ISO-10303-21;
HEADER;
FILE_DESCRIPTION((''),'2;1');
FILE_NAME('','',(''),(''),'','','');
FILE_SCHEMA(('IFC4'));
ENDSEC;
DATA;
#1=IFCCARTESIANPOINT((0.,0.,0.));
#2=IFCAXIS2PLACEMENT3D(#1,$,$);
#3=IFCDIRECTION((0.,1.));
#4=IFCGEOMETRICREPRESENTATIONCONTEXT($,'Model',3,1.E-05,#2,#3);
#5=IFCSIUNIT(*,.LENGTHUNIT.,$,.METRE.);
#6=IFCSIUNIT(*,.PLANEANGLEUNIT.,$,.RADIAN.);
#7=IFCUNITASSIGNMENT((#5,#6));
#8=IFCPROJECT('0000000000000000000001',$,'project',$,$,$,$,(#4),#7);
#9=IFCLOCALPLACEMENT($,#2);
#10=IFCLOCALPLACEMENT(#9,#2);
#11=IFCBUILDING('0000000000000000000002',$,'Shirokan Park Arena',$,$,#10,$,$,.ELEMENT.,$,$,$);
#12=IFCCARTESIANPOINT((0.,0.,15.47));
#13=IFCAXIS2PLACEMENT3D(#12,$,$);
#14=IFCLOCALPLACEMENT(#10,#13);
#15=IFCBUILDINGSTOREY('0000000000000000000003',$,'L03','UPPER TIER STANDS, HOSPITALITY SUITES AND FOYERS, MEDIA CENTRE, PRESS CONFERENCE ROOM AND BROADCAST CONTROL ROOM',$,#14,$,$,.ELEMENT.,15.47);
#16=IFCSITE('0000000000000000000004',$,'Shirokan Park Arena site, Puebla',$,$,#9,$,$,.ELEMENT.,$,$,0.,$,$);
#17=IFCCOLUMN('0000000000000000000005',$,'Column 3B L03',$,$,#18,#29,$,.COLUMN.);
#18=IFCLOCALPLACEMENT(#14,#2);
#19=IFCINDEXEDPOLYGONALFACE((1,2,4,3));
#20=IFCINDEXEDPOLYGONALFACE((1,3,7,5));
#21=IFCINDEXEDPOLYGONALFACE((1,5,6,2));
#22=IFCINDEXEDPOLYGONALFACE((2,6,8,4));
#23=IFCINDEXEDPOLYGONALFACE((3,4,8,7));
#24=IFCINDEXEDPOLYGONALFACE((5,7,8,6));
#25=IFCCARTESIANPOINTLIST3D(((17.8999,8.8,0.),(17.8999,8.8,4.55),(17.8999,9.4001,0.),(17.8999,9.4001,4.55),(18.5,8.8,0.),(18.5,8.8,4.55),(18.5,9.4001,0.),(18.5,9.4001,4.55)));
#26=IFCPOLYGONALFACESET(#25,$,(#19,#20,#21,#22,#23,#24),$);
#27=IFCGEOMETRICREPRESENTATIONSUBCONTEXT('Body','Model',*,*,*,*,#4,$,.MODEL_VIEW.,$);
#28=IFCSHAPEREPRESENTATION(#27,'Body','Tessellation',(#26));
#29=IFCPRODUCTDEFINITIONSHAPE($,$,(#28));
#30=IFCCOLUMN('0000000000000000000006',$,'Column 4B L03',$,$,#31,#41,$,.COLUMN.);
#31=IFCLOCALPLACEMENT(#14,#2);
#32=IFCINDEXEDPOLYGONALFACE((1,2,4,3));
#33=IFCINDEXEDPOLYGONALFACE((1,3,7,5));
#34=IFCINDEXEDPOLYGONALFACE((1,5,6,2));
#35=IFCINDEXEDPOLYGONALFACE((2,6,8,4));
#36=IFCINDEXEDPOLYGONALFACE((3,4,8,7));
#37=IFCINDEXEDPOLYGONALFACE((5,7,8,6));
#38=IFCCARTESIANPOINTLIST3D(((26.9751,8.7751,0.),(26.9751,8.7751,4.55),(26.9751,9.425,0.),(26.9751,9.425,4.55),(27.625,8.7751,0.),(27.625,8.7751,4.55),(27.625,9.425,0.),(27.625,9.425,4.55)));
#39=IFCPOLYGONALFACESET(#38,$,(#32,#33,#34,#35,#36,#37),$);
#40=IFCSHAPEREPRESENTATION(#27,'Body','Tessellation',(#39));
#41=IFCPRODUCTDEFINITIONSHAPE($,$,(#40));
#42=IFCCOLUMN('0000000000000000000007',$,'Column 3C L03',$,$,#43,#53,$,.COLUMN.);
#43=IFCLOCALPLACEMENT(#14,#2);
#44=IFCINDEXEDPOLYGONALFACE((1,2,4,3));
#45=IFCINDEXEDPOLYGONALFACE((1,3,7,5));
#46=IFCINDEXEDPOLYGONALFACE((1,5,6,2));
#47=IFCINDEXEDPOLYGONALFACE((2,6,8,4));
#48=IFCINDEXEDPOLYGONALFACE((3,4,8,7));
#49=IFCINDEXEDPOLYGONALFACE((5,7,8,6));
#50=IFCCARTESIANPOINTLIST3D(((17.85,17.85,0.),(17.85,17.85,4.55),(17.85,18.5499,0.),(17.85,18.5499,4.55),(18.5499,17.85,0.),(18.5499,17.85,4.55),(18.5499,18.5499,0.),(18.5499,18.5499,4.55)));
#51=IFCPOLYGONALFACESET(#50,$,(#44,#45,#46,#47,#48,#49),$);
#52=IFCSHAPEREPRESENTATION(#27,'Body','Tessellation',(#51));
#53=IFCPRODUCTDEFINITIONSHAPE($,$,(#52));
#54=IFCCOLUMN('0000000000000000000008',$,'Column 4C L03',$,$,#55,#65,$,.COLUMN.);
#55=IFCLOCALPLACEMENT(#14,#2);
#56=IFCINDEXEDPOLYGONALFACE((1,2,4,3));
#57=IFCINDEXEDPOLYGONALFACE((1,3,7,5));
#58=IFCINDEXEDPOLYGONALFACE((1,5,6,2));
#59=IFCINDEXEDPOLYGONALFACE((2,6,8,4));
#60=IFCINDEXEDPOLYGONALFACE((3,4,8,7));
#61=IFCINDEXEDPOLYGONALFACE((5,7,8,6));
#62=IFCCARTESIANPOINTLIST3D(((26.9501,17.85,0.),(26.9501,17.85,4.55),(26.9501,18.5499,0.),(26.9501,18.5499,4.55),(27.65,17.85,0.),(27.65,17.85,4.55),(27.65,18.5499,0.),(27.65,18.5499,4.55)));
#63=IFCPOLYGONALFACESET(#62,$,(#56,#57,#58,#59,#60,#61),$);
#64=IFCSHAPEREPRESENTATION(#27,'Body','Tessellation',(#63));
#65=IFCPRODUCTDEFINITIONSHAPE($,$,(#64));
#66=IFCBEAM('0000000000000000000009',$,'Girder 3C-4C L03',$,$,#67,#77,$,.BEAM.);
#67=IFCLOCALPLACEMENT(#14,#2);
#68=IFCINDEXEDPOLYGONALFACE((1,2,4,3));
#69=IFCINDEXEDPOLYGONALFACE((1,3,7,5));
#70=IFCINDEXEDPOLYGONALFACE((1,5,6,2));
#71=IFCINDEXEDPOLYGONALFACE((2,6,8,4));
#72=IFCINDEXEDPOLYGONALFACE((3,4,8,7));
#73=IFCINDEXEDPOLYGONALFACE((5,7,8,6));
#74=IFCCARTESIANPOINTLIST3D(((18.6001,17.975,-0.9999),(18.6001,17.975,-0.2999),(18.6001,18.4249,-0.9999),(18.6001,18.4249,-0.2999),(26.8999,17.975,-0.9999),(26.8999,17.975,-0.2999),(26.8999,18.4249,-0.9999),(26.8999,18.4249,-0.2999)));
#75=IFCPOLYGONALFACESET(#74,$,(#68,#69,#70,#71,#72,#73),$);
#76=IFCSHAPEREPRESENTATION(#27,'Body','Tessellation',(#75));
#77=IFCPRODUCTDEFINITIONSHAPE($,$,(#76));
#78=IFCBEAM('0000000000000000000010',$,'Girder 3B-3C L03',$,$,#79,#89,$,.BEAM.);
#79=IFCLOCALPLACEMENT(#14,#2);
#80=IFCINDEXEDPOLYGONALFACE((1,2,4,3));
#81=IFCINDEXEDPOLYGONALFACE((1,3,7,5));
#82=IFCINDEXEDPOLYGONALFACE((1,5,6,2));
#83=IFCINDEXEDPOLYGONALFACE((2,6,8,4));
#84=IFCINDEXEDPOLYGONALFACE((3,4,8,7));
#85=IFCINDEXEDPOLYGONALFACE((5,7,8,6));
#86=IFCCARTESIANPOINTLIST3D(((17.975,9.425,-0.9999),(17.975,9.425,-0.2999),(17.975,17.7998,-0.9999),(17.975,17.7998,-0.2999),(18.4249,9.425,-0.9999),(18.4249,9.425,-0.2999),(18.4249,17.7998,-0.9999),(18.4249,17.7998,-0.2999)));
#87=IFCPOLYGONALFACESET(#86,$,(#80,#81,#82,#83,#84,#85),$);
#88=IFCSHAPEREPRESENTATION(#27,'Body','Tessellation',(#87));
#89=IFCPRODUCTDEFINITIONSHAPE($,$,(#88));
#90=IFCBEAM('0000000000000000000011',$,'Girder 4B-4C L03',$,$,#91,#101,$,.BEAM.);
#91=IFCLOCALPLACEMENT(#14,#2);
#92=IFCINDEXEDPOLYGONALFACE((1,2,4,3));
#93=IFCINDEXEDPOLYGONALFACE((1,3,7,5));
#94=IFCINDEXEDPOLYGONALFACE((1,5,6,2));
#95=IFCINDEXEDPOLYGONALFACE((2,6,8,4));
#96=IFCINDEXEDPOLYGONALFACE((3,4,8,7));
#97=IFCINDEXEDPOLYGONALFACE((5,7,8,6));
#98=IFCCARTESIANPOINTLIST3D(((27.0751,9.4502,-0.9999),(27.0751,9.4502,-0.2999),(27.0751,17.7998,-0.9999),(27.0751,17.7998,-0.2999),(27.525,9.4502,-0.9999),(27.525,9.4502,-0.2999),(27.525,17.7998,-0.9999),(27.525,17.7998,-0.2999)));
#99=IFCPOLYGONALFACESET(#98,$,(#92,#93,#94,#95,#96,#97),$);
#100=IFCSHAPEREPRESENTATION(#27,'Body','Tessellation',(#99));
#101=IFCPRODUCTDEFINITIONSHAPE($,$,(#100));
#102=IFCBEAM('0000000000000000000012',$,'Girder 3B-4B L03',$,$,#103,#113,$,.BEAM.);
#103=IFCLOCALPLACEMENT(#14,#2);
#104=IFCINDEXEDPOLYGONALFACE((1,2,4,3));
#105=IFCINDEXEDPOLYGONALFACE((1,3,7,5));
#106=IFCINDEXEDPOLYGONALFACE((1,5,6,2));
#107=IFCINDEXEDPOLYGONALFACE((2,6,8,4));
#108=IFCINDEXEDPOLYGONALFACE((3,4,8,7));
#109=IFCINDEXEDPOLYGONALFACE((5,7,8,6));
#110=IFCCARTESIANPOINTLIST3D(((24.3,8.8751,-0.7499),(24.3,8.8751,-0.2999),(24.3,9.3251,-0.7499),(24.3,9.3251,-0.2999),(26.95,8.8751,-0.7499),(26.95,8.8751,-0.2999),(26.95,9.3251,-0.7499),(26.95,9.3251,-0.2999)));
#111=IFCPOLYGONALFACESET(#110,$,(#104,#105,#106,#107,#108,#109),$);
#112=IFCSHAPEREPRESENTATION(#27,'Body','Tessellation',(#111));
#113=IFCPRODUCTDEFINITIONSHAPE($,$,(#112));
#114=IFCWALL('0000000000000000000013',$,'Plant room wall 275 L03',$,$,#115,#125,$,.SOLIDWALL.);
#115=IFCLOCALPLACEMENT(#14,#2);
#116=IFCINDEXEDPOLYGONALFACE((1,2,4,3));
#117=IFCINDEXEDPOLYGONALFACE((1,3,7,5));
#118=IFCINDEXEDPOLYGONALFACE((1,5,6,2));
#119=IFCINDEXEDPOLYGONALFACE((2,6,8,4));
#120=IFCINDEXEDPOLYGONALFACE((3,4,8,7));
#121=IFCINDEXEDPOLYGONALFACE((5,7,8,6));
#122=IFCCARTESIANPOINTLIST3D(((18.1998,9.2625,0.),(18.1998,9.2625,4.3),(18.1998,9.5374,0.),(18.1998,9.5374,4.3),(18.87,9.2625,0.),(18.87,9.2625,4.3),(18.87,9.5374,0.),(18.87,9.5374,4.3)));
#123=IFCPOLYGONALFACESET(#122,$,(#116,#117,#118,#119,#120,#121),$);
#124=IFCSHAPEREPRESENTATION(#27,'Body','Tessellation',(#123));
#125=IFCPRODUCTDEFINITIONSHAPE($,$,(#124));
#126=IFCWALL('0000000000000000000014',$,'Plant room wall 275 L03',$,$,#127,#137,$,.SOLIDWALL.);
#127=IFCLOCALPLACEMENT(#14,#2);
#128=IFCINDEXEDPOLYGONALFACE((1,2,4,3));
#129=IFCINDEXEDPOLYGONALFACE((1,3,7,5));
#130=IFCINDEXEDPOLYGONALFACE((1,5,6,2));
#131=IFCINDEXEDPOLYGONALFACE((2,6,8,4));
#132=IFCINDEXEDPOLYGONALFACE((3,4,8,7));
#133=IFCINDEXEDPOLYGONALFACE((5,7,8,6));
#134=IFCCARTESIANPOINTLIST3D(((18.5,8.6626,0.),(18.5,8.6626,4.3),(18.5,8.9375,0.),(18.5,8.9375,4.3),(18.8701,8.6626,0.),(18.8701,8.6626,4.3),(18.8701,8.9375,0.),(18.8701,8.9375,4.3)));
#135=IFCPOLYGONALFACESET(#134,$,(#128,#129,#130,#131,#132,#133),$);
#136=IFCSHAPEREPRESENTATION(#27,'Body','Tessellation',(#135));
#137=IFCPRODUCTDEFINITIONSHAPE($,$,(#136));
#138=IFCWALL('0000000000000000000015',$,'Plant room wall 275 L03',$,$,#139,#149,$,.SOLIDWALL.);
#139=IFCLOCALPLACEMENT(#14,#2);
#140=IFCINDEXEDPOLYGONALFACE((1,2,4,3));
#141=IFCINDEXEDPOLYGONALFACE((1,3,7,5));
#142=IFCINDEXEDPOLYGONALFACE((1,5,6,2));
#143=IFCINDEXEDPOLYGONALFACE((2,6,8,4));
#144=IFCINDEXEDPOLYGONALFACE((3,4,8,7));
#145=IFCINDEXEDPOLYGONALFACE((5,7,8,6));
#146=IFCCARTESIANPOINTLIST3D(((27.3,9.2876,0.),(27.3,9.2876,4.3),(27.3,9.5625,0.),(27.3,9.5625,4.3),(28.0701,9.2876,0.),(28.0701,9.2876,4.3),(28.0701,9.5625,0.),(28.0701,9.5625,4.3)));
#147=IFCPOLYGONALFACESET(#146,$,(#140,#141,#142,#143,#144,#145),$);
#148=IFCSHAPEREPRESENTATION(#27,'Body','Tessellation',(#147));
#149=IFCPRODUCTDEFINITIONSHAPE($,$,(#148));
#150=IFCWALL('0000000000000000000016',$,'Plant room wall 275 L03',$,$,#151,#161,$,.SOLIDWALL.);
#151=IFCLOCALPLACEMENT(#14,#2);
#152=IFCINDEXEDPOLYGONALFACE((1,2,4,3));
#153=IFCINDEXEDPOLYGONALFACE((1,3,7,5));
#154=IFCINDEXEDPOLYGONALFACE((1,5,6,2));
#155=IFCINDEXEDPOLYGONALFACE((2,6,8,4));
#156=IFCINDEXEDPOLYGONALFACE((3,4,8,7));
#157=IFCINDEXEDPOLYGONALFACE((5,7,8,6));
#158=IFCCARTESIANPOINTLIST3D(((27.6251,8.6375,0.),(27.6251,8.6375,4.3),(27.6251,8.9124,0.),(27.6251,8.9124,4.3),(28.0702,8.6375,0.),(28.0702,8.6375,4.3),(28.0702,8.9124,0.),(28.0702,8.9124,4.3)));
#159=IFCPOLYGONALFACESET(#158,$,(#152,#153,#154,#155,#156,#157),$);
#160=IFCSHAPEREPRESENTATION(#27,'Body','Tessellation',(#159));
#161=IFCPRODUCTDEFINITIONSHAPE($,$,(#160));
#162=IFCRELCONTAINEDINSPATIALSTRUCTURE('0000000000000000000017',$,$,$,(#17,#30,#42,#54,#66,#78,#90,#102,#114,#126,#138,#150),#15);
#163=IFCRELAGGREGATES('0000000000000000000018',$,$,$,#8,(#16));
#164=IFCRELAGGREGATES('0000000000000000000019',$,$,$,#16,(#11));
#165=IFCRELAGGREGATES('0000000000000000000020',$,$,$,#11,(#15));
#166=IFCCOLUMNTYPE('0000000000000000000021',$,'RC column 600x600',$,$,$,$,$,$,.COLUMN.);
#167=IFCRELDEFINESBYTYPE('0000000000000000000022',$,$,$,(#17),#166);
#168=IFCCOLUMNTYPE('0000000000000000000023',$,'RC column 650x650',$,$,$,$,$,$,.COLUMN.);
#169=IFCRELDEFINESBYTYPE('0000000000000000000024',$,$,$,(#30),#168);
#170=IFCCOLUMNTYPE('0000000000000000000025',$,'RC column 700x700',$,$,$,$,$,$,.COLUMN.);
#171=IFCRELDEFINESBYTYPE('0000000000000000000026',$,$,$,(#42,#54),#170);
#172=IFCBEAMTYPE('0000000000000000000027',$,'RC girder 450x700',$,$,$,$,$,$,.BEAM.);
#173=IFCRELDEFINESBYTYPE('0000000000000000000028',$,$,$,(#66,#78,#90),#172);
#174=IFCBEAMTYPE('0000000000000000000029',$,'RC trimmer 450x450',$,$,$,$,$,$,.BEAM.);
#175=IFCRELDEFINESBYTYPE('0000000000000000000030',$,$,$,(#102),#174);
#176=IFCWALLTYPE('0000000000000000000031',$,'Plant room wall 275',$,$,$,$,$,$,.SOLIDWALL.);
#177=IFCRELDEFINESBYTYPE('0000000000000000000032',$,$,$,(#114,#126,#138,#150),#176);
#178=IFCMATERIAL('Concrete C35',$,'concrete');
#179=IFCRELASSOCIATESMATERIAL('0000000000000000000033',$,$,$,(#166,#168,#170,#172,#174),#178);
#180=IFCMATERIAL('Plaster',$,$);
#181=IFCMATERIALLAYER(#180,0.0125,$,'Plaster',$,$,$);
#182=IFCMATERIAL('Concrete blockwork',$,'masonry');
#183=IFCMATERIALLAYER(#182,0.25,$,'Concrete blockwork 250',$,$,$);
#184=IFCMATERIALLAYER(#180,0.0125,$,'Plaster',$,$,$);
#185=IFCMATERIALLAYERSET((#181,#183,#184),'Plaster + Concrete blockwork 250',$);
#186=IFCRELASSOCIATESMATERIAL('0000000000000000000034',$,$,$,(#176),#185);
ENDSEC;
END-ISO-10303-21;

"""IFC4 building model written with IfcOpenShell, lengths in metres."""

from ifc_helpers import new_model, si_unit, direction, frame, frame_2d, origin, origin_2d, place, context, subcontext, project, spatial, rectangle, extrude, material, layer, layer_set, material_profile, profile_set, type_object, element, save


model = new_model("IFC4")

# Units and contexts
model_context = context("Model", 3, precision=1e-05, world=origin(), true_north=direction((0.0, 1.0)))
body_context = subcontext(model_context, "Body", "Model", "MODEL_VIEW")
ifc_project = project(units=[si_unit("LENGTHUNIT", "METRE"), si_unit("PLANEANGLEUNIT", "RADIAN")], contexts=[model_context])

# Site, building, storey
site_placement = place(None, origin())
site = spatial("IfcSite", under=ifc_project, at=site_placement, Name="Shirokan Park Arena site, Puebla", CompositionType="ELEMENT", RefElevation=0.0)
building_placement = place(site_placement, origin())
building = spatial("IfcBuilding", under=site, at=building_placement, Name="Shirokan Park Arena", CompositionType="ELEMENT")
storey_placement = place(building_placement, frame((0.0, 0.0, 15.47)))
storey = spatial("IfcBuildingStorey", under=building, at=storey_placement, Name="L03", Description="UPPER TIER STANDS, HOSPITALITY SUITES AND FOYERS, MEDIA CENTRE, PRESS CONFERENCE ROOM AND BROADCAST CONTROL ROOM", CompositionType="ELEMENT", Elevation=15.47)

# Columns
ifc_material_1 = material(Name="Concrete C35", Category="concrete")
ifc_material_profile_1 = material_profile(ifc_material_1, rectangle(XDim=0.6001, YDim=0.6001, at=origin_2d()), Name="600x600")
ifc_profile_set_1 = profile_set([ifc_material_profile_1], Name="Concrete C35")
column_type_1 = type_object("IfcColumnType", Name="RC column 600x600", PredefinedType="COLUMN", material=ifc_profile_set_1)
column_1_placement = place(storey_placement, frame((18.2, 9.1001, 0.0), z_axis=(0.0, 0.0, 1.0), x_axis=(1.0, 0.0, 0.0)))
element("IfcColumn", 1, at=column_1_placement, inside=storey, type_object=column_type_1, Name="Column 3B L03", PredefinedType="COLUMN", context=body_context, shape_type="SweptSolid", body=[
    extrude(rectangle(XDim=0.6001, YDim=0.6001, at=origin_2d()), origin(), (0.0, 0.0, 1.0), 4.55),
])
ifc_material_profile_2 = material_profile(ifc_material_1, rectangle(XDim=0.6499, YDim=0.6499, at=origin_2d()), Name="650x650")
ifc_profile_set_2 = profile_set([ifc_material_profile_2], Name="Concrete C35")
column_type_2 = type_object("IfcColumnType", Name="RC column 650x650", PredefinedType="COLUMN", material=ifc_profile_set_2)
column_2_placement = place(storey_placement, frame((27.3, 9.1001, 0.0), z_axis=(0.0, 0.0, 1.0), x_axis=(1.0, 0.0, 0.0)))
element("IfcColumn", 2, at=column_2_placement, inside=storey, type_object=column_type_2, Name="Column 4B L03", PredefinedType="COLUMN", context=body_context, shape_type="SweptSolid", body=[
    extrude(rectangle(XDim=0.6499, YDim=0.6499, at=origin_2d()), origin(), (0.0, 0.0, 1.0), 4.55),
])
ifc_material_profile_3 = material_profile(ifc_material_1, rectangle(XDim=0.7, YDim=0.7, at=origin_2d()), Name="700x700")
ifc_profile_set_3 = profile_set([ifc_material_profile_3], Name="Concrete C35")
column_type_3 = type_object("IfcColumnType", Name="RC column 700x700", PredefinedType="COLUMN", material=ifc_profile_set_3)
for number, where, z_axis, x_axis, name in (
    (3, (18.2, 18.2, 0.0), (0.0, 0.0, 1.0), (1.0, 0.0, 0.0), "Column 3C L03"),
    (4, (27.3, 18.2, 0.0), (0.0, 0.0, 1.0), (1.0, 0.0, 0.0), "Column 4C L03"),
):
    element("IfcColumn", number, at=place(storey_placement, frame(where, z_axis=z_axis, x_axis=x_axis)), inside=storey, type_object=column_type_3, Name=name, PredefinedType="COLUMN", context=body_context, shape_type="SweptSolid", body=[
        extrude(rectangle(XDim=0.7, YDim=0.7, at=origin_2d()), origin(), (0.0, 0.0, 1.0), 4.55),
    ])

# Beams
ifc_material_profile_4 = material_profile(ifc_material_1, rectangle(XDim=0.45, YDim=0.7, at=origin_2d()), Name="450x700")
ifc_profile_set_4 = profile_set([ifc_material_profile_4], Name="Concrete C35")
beam_type_1 = type_object("IfcBeamType", Name="RC girder 450x700", PredefinedType="BEAM", material=ifc_profile_set_4)
beam_1_placement = place(storey_placement, frame((18.6001, 18.2, -0.6499), z_axis=(1.0, 0.0, 0.0), x_axis=(0.0, 1.0, 0.0)))
element("IfcBeam", 5, at=beam_1_placement, inside=storey, type_object=beam_type_1, Name="Girder 3C-4C L03", PredefinedType="BEAM", context=body_context, shape_type="SweptSolid", body=[
    extrude(rectangle(XDim=0.45, YDim=0.7, at=origin_2d()), origin(), (0.0, 0.0, 1.0), 8.2998),
])
beam_2_placement = place(storey_placement, frame((18.2, 9.425, -0.6499), z_axis=(0.0, 1.0, 0.0), x_axis=(-1.0, 0.0, 0.0)))
element("IfcBeam", 6, at=beam_2_placement, inside=storey, type_object=beam_type_1, Name="Girder 3B-3C L03", PredefinedType="BEAM", context=body_context, shape_type="SweptSolid", body=[
    extrude(rectangle(XDim=0.45, YDim=0.7, at=origin_2d()), origin(), (0.0, 0.0, 1.0), 8.3748),
])
beam_3_placement = place(storey_placement, frame((27.3, 9.4502, -0.6499), z_axis=(0.0, 1.0, 0.0), x_axis=(-1.0, 0.0, 0.0)))
element("IfcBeam", 7, at=beam_3_placement, inside=storey, type_object=beam_type_1, Name="Girder 4B-4C L03", PredefinedType="BEAM", context=body_context, shape_type="SweptSolid", body=[
    extrude(rectangle(XDim=0.45, YDim=0.7, at=origin_2d()), origin(), (0.0, 0.0, 1.0), 8.3496),
])
ifc_material_profile_5 = material_profile(ifc_material_1, rectangle(XDim=0.45, YDim=0.45, at=origin_2d()), Name="450x450")
ifc_profile_set_5 = profile_set([ifc_material_profile_5], Name="Concrete C35")
beam_type_2 = type_object("IfcBeamType", Name="RC trimmer 450x450", PredefinedType="BEAM", material=ifc_profile_set_5)
beam_4_placement = place(storey_placement, frame((24.3, 9.1001, -0.5249), z_axis=(1.0, 0.0, 0.0), x_axis=(0.0, 1.0, 0.0)))
element("IfcBeam", 8, at=beam_4_placement, inside=storey, type_object=beam_type_2, Name="Girder 3B-4B L03", PredefinedType="BEAM", context=body_context, shape_type="SweptSolid", body=[
    extrude(rectangle(XDim=0.45, YDim=0.45, at=origin_2d()), origin(), (0.0, 0.0, 1.0), 2.6499),
])

# Walls
ifc_material_2 = material(Name="Plaster")
ifc_layer_1 = layer(ifc_material_2, 0.0125, Name="Plaster")
ifc_material_3 = material(Name="Concrete blockwork", Category="masonry")
ifc_layer_2 = layer(ifc_material_3, 0.25, Name="Concrete blockwork 250")
ifc_layer_3 = layer(ifc_material_2, 0.0125, Name="Plaster")
ifc_layer_set_1 = layer_set([ifc_layer_1, ifc_layer_2, ifc_layer_3], Name="Plaster + Concrete blockwork 250")
wall_type_1 = type_object("IfcWallType", Name="Plant room wall 275", PredefinedType="SOLIDWALL", material=ifc_layer_set_1)
wall_1_placement = place(storey_placement, frame((18.2, 9.3999, 0.0), z_axis=(0.0, 0.0, 1.0), x_axis=(1.0, 0.0, 0.0)))
element("IfcWall", 9, at=wall_1_placement, inside=storey, type_object=wall_type_1, Name="Plant room wall 275 L03", PredefinedType="SOLIDWALL", context=body_context, shape_type="SweptSolid", body=[
    extrude(rectangle(XDim=0.6702, YDim=0.2749, at=frame_2d((0.335, 0.0))), origin(), (0.0, 0.0, 1.0), 4.3),
])
wall_2_placement = place(storey_placement, frame((18.5, 8.8, 0.0), z_axis=(0.0, 0.0, 1.0), x_axis=(1.0, 0.0, 0.0)))
element("IfcWall", 10, at=wall_2_placement, inside=storey, type_object=wall_type_1, Name="Plant room wall 275 L03", PredefinedType="SOLIDWALL", context=body_context, shape_type="SweptSolid", body=[
    extrude(rectangle(XDim=0.3701, YDim=0.2749, at=frame_2d((0.1851, 0.0))), origin(), (0.0, 0.0, 1.0), 4.3),
])
wall_3_placement = place(storey_placement, frame((27.3, 9.425, 0.0), z_axis=(0.0, 0.0, 1.0), x_axis=(1.0, 0.0, 0.0)))
element("IfcWall", 11, at=wall_3_placement, inside=storey, type_object=wall_type_1, Name="Plant room wall 275 L03", PredefinedType="SOLIDWALL", context=body_context, shape_type="SweptSolid", body=[
    extrude(rectangle(XDim=0.77, YDim=0.2749, at=frame_2d((0.385, 0.0))), origin(), (0.0, 0.0, 1.0), 4.3),
])
wall_4_placement = place(storey_placement, frame((27.625, 8.7749, 0.0), z_axis=(0.0, 0.0, 1.0), x_axis=(1.0, 0.0, 0.0)))
element("IfcWall", 12, at=wall_4_placement, inside=storey, type_object=wall_type_1, Name="Plant room wall 275 L03", PredefinedType="SOLIDWALL", context=body_context, shape_type="SweptSolid", body=[
    extrude(rectangle(XDim=0.4451, YDim=0.2749, at=frame_2d((0.2227, 0.0))), origin(), (0.0, 0.0, 1.0), 4.3),
])

save(model, "model.ifc")
